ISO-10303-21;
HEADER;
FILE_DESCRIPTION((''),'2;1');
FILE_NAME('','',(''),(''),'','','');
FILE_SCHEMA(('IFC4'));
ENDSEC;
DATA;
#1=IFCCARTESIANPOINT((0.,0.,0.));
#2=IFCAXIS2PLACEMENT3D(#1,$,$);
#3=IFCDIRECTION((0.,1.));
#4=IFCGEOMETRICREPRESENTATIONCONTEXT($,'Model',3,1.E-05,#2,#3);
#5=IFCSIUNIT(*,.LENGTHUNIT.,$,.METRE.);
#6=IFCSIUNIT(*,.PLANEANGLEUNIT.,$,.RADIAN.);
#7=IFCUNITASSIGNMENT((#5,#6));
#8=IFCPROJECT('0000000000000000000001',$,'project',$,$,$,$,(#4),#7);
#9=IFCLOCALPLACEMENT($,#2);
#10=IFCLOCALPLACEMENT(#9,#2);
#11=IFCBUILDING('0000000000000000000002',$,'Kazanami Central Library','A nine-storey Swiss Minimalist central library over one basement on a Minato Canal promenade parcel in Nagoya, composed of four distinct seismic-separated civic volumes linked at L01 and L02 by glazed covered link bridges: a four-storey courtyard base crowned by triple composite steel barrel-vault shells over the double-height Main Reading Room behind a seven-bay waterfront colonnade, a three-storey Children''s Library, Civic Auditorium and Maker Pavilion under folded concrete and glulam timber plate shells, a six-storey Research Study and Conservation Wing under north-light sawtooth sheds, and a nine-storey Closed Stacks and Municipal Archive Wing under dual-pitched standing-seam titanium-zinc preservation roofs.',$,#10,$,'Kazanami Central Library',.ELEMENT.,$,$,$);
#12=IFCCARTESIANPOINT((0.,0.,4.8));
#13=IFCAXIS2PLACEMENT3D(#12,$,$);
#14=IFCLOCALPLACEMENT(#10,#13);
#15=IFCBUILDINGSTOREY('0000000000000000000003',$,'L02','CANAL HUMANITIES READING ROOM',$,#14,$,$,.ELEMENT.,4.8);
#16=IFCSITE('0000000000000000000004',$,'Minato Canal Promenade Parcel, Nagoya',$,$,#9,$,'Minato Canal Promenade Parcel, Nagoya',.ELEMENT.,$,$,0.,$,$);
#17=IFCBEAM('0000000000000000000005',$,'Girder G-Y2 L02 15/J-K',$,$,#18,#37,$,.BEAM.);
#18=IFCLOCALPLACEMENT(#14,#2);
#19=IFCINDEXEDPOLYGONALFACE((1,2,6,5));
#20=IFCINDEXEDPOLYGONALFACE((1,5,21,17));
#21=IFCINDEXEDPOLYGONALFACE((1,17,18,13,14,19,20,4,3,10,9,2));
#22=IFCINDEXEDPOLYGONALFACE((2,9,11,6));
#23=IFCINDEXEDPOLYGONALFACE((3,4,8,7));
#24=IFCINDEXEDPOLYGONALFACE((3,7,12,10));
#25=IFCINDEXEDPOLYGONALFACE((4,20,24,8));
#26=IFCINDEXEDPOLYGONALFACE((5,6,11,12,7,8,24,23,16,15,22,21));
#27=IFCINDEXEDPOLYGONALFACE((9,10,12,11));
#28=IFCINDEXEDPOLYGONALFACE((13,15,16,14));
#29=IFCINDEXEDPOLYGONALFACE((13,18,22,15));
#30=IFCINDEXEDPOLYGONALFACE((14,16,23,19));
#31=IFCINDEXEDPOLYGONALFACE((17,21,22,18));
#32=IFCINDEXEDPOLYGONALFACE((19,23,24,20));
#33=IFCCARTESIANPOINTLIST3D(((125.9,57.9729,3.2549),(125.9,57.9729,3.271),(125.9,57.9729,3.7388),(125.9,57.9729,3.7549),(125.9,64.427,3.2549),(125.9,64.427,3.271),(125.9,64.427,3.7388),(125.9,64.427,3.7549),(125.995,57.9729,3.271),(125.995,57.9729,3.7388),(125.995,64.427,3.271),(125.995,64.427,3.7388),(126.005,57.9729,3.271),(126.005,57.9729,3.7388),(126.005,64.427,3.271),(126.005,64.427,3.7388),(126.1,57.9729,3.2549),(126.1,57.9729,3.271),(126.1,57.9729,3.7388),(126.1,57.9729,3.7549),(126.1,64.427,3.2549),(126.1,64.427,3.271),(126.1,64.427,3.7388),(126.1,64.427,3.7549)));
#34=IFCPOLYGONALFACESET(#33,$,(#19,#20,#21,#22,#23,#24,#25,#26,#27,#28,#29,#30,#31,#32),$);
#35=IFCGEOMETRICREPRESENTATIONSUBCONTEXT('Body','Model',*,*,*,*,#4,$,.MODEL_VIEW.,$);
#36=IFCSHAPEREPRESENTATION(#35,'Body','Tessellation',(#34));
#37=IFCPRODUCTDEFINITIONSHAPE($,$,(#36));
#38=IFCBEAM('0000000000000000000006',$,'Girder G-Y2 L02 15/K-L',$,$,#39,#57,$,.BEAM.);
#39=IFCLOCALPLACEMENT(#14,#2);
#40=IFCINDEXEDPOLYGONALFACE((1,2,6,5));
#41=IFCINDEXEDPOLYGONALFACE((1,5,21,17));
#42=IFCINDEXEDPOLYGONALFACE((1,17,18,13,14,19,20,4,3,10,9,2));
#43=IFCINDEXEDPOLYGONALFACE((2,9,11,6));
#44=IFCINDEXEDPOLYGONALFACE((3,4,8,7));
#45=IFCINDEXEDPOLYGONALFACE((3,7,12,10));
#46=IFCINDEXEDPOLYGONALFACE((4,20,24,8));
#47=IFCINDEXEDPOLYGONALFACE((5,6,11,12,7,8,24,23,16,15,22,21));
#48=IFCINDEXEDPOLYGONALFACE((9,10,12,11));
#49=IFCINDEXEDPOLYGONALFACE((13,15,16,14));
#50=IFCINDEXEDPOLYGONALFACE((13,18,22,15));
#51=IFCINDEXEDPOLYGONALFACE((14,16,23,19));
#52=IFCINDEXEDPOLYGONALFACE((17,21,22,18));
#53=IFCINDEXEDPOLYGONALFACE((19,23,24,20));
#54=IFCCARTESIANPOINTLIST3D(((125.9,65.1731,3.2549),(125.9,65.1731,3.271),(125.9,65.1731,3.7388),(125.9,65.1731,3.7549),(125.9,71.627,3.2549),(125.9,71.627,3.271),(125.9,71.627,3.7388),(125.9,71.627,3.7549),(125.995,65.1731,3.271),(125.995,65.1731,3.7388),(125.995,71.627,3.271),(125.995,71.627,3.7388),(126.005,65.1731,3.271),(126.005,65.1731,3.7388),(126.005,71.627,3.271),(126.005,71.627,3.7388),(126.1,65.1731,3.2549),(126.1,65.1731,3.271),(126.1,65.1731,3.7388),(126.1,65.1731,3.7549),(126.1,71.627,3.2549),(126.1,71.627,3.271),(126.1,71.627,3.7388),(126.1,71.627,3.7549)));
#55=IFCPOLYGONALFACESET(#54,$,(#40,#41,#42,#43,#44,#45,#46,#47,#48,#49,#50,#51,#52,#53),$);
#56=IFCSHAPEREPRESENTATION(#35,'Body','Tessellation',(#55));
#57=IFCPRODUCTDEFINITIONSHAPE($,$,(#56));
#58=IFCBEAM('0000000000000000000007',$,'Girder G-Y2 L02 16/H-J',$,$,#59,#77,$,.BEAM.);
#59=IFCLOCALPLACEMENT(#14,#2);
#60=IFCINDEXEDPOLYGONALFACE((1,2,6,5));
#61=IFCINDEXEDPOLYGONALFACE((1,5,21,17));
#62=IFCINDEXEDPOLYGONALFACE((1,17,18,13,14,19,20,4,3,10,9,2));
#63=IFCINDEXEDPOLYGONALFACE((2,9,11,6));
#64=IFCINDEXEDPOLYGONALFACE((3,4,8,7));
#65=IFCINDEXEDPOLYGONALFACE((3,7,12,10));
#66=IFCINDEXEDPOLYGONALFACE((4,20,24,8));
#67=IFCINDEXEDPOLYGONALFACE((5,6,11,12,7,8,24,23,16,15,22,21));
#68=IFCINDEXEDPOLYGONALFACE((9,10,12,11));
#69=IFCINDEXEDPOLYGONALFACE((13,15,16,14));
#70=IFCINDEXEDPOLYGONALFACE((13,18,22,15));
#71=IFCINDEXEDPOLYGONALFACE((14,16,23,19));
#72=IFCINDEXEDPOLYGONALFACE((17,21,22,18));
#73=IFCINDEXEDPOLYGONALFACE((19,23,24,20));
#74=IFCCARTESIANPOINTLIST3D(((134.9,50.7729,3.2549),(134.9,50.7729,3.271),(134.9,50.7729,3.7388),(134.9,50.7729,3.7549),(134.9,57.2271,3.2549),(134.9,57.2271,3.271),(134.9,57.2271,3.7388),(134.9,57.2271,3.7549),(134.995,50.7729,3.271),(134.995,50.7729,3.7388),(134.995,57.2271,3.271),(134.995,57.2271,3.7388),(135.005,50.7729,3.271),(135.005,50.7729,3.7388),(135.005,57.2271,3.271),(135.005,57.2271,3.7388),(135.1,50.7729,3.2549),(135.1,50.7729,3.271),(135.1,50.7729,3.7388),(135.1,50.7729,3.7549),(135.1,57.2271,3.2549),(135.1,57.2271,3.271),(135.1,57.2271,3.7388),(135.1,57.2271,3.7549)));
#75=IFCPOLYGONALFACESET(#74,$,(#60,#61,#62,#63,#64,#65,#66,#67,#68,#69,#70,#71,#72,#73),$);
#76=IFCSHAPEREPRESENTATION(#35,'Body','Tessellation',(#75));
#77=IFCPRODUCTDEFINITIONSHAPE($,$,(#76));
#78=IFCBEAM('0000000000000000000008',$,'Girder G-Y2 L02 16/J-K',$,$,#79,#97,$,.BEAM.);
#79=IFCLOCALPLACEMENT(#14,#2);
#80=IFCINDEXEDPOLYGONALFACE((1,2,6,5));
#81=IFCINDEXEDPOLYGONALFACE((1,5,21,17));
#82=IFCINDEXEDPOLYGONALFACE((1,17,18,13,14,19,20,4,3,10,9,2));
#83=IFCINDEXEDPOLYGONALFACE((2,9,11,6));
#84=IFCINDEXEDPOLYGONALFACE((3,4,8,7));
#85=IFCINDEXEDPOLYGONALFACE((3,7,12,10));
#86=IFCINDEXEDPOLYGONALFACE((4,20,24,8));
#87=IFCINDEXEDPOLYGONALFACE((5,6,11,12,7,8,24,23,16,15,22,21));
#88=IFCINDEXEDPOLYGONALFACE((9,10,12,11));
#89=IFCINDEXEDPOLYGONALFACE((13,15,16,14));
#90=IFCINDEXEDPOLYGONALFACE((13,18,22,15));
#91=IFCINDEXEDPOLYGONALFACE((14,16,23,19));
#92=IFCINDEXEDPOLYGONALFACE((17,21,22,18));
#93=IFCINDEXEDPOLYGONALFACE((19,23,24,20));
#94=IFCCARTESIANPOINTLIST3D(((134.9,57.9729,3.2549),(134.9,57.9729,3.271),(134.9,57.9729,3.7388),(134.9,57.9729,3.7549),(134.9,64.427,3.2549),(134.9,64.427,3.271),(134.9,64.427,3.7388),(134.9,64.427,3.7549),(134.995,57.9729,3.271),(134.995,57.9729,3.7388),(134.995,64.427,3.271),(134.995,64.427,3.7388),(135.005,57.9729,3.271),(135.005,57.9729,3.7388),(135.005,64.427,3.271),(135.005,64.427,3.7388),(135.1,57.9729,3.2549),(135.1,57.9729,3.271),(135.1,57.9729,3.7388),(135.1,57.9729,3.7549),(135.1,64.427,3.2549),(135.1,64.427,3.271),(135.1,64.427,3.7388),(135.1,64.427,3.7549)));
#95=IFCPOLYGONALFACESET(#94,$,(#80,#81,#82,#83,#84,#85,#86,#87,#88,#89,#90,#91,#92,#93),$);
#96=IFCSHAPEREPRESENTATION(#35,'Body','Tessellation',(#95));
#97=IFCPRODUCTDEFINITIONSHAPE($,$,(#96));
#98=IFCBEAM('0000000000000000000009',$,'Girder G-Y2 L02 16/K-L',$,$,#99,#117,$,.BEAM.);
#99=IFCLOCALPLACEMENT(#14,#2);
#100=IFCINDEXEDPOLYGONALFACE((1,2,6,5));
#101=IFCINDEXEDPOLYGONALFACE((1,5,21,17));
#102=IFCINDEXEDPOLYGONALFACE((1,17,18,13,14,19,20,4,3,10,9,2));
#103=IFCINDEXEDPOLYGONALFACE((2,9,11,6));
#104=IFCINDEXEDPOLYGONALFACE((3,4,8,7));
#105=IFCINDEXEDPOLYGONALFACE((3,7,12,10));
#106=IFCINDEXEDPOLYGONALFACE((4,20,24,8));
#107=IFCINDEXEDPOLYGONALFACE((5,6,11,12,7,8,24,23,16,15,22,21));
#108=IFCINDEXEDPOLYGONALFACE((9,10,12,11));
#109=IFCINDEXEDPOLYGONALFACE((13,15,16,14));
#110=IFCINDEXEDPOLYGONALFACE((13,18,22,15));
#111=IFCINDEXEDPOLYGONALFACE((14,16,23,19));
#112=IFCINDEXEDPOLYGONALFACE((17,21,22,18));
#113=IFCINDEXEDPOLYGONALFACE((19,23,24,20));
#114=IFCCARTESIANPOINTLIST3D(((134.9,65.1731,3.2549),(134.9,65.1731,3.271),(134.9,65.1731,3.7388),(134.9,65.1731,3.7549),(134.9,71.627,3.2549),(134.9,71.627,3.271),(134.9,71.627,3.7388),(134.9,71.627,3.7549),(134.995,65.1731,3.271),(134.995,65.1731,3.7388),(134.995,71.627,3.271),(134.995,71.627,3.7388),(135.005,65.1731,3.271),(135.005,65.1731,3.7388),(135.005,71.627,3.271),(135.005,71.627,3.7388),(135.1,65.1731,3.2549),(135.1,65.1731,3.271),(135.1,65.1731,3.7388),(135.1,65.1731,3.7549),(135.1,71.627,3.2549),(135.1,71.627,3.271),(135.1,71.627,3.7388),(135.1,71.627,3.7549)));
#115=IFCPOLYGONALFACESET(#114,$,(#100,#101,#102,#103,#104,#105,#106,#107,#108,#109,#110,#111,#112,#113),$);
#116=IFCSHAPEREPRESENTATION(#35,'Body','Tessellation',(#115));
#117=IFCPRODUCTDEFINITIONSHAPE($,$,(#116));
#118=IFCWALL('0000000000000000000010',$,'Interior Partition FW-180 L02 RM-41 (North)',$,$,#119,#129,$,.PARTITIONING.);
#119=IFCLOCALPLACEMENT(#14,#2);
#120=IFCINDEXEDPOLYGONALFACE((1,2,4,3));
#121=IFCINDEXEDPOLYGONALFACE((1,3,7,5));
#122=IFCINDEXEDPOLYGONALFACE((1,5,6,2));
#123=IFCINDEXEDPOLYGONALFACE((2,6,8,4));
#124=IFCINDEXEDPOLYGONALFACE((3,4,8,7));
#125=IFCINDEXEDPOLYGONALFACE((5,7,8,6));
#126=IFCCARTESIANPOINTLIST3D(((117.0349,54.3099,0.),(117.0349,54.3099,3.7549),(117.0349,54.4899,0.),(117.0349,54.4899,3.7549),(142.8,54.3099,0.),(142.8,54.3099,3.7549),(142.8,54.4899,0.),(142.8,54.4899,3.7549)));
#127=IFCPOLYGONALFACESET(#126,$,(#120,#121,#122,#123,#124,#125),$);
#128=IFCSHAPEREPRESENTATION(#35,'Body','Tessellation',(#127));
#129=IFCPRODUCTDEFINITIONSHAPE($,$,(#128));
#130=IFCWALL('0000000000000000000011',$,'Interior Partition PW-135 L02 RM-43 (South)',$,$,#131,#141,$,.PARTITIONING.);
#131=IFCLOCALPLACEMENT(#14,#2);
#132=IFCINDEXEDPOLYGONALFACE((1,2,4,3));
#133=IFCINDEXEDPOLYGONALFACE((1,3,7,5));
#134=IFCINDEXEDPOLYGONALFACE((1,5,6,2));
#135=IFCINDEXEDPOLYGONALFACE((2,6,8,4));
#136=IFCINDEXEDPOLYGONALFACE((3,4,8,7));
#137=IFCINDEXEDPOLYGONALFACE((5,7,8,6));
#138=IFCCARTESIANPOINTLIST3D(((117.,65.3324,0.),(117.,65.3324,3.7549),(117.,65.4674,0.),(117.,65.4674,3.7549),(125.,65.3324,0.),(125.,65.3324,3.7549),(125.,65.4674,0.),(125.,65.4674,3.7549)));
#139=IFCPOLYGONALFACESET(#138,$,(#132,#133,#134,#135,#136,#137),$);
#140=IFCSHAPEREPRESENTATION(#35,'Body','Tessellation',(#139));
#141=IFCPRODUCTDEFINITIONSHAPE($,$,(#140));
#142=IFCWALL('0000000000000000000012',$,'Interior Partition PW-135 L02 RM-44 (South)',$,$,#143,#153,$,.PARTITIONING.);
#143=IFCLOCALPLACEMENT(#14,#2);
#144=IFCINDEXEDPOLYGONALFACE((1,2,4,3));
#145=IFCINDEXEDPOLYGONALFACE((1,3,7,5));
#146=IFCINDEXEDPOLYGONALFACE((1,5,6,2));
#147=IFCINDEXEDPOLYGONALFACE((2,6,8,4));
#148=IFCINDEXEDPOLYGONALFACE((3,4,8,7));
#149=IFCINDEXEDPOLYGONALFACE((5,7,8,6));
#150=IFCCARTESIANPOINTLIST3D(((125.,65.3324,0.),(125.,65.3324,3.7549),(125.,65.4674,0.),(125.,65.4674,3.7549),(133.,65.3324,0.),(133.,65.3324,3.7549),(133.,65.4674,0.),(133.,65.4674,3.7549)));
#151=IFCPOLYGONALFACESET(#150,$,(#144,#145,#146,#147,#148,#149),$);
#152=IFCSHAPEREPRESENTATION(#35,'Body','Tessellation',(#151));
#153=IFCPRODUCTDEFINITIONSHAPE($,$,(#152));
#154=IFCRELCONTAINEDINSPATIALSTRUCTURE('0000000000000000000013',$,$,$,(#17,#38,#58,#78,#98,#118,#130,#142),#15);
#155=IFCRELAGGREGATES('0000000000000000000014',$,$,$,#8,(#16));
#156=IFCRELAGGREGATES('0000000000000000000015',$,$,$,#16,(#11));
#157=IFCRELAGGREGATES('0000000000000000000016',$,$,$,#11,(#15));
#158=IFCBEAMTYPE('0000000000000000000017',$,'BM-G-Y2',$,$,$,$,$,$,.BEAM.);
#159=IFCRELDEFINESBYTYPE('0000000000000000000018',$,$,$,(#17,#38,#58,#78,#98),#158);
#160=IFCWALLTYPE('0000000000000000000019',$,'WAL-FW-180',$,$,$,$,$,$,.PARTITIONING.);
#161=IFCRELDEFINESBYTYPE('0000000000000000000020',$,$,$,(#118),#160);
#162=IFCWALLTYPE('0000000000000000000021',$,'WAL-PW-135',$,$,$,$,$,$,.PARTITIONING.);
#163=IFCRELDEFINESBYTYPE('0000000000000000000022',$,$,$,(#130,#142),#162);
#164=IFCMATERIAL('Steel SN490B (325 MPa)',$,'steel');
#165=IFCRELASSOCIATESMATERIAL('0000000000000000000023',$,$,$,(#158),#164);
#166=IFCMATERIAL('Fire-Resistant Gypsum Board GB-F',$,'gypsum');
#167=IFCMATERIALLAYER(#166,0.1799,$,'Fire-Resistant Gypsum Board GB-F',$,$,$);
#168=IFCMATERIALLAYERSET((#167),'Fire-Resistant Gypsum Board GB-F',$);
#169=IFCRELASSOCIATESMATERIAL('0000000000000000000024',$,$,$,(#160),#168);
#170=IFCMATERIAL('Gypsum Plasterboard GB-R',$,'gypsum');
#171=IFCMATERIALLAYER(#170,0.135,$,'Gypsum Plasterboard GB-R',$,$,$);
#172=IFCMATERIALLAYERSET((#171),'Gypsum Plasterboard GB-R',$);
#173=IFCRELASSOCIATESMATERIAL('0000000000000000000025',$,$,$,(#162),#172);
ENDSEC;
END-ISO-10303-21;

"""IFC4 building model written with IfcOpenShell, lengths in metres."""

from ifc_helpers import new_model, si_unit, direction, frame, frame_2d, origin, origin_2d, place, context, subcontext, project, spatial, rectangle, i_section, extrude, material, layer, layer_set, material_profile, profile_set, type_object, element, save


model = new_model("IFC4")

# Units and contexts
model_context = context("Model", 3, precision=1e-05, world=origin(), true_north=direction((0.0, 1.0)))
body_context = subcontext(model_context, "Body", "Model", "MODEL_VIEW")
ifc_project = project(units=[si_unit("LENGTHUNIT", "METRE"), si_unit("PLANEANGLEUNIT", "RADIAN")], contexts=[model_context])

# Site, building, storey
site_placement = place(None, origin())
site = spatial("IfcSite", under=ifc_project, at=site_placement, Name="Minato Canal Promenade Parcel, Nagoya", LongName="Minato Canal Promenade Parcel, Nagoya", CompositionType="ELEMENT", RefElevation=0.0)
building_placement = place(site_placement, origin())
building = spatial("IfcBuilding", under=site, at=building_placement, Name="Kazanami Central Library", Description="A nine-storey Swiss Minimalist central library over one basement on a Minato Canal promenade parcel in Nagoya, composed of four distinct seismic-separated civic volumes linked at L01 and L02 by glazed covered link bridges: a four-storey courtyard base crowned by triple composite steel barrel-vault shells over the double-height Main Reading Room behind a seven-bay waterfront colonnade, a three-storey Children's Library, Civic Auditorium and Maker Pavilion under folded concrete and glulam timber plate shells, a six-storey Research Study and Conservation Wing under north-light sawtooth sheds, and a nine-storey Closed Stacks and Municipal Archive Wing under dual-pitched standing-seam titanium-zinc preservation roofs.", LongName="Kazanami Central Library", CompositionType="ELEMENT")
storey_placement = place(building_placement, frame((0.0, 0.0, 4.8)))
storey = spatial("IfcBuildingStorey", under=building, at=storey_placement, Name="L02", Description="CANAL HUMANITIES READING ROOM", CompositionType="ELEMENT", Elevation=4.8)

# Beams
ifc_material_1 = material(Name="Steel SN490B (325 MPa)", Category="steel")
ifc_material_profile_1 = material_profile(ifc_material_1, i_section(OverallWidth=0.2, OverallDepth=0.5, WebThickness=0.01, FlangeThickness=0.0161, at=origin_2d()), Name="H-500x200x10x16")
ifc_profile_set_1 = profile_set([ifc_material_profile_1], Name="Steel SN490B (325 MPa)")
beam_type_1 = type_object("IfcBeamType", Name="BM-G-Y2", PredefinedType="BEAM", material=ifc_profile_set_1)
beam_1_placement = place(storey_placement, frame((126.0, 57.9729, 3.5049), z_axis=(0.0, 1.0, 0.0), x_axis=(-1.0, 0.0, 0.0)))
element("IfcBeam", 1, at=beam_1_placement, inside=storey, type_object=beam_type_1, Name="Girder G-Y2 L02 15/J-K", PredefinedType="BEAM", context=body_context, shape_type="SweptSolid", body=[
    extrude(i_section(OverallWidth=0.2, OverallDepth=0.5, WebThickness=0.01, FlangeThickness=0.0161, at=origin_2d()), origin(), (0.0, 0.0, 1.0), 6.4541),
])
beam_2_placement = place(storey_placement, frame((126.0, 65.1731, 3.5049), z_axis=(0.0, 1.0, 0.0), x_axis=(-1.0, 0.0, 0.0)))
element("IfcBeam", 2, at=beam_2_placement, inside=storey, type_object=beam_type_1, Name="Girder G-Y2 L02 15/K-L", PredefinedType="BEAM", context=body_context, shape_type="SweptSolid", body=[
    extrude(i_section(OverallWidth=0.2, OverallDepth=0.5, WebThickness=0.01, FlangeThickness=0.0161, at=origin_2d()), origin(), (0.0, 0.0, 1.0), 6.4539),
])
for number, where, z_axis, x_axis, name in (
    (3, (135.0, 50.7729, 3.5049), (0.0, 1.0, 0.0), (-1.0, 0.0, 0.0), "Girder G-Y2 L02 16/H-J"),
    (4, (135.0, 57.9729, 3.5049), (0.0, 1.0, 0.0), (-1.0, 0.0, 0.0), "Girder G-Y2 L02 16/J-K"),
):
    element("IfcBeam", number, at=place(storey_placement, frame(where, z_axis=z_axis, x_axis=x_axis)), inside=storey, type_object=beam_type_1, Name=name, PredefinedType="BEAM", context=body_context, shape_type="SweptSolid", body=[
        extrude(i_section(OverallWidth=0.2, OverallDepth=0.5, WebThickness=0.01, FlangeThickness=0.0161, at=origin_2d()), origin(), (0.0, 0.0, 1.0), 6.4541),
    ])
beam_3_placement = place(storey_placement, frame((135.0, 65.1731, 3.5049), z_axis=(0.0, 1.0, 0.0), x_axis=(-1.0, 0.0, 0.0)))
element("IfcBeam", 5, at=beam_3_placement, inside=storey, type_object=beam_type_1, Name="Girder G-Y2 L02 16/K-L", PredefinedType="BEAM", context=body_context, shape_type="SweptSolid", body=[
    extrude(i_section(OverallWidth=0.2, OverallDepth=0.5, WebThickness=0.01, FlangeThickness=0.0161, at=origin_2d()), origin(), (0.0, 0.0, 1.0), 6.4539),
])

# Walls
ifc_material_2 = material(Name="Fire-Resistant Gypsum Board GB-F", Category="gypsum")
ifc_layer_1 = layer(ifc_material_2, 0.1799, Name="Fire-Resistant Gypsum Board GB-F")
ifc_layer_set_1 = layer_set([ifc_layer_1], Name="Fire-Resistant Gypsum Board GB-F")
wall_type_1 = type_object("IfcWallType", Name="WAL-FW-180", PredefinedType="PARTITIONING", material=ifc_layer_set_1)
wall_placement = place(storey_placement, frame((117.0349, 54.3999, 0.0), z_axis=(0.0, 0.0, 1.0), x_axis=(1.0, 0.0, 0.0)))
element("IfcWall", 6, at=wall_placement, inside=storey, type_object=wall_type_1, Name="Interior Partition FW-180 L02 RM-41 (North)", PredefinedType="PARTITIONING", context=body_context, shape_type="SweptSolid", body=[
    extrude(rectangle(XDim=25.7651, YDim=0.1799, at=frame_2d((12.8826, 0.0))), origin(), (0.0, 0.0, 1.0), 3.7549),
])
ifc_material_3 = material(Name="Gypsum Plasterboard GB-R", Category="gypsum")
ifc_layer_2 = layer(ifc_material_3, 0.135, Name="Gypsum Plasterboard GB-R")
ifc_layer_set_2 = layer_set([ifc_layer_2], Name="Gypsum Plasterboard GB-R")
wall_type_2 = type_object("IfcWallType", Name="WAL-PW-135", PredefinedType="PARTITIONING", material=ifc_layer_set_2)
for number, where, z_axis, x_axis, name in (
    (7, (117.0, 65.3999, 0.0), (0.0, 0.0, 1.0), (1.0, 0.0, 0.0), "Interior Partition PW-135 L02 RM-43 (South)"),
    (8, (125.0, 65.3999, 0.0), (0.0, 0.0, 1.0), (1.0, 0.0, 0.0), "Interior Partition PW-135 L02 RM-44 (South)"),
):
    element("IfcWall", number, at=place(storey_placement, frame(where, z_axis=z_axis, x_axis=x_axis)), inside=storey, type_object=wall_type_2, Name=name, PredefinedType="PARTITIONING", context=body_context, shape_type="SweptSolid", body=[
        extrude(rectangle(XDim=8.0, YDim=0.135, at=frame_2d((4.0, 0.0))), origin(), (0.0, 0.0, 1.0), 3.7549),
    ])

save(model, "model.ifc")
